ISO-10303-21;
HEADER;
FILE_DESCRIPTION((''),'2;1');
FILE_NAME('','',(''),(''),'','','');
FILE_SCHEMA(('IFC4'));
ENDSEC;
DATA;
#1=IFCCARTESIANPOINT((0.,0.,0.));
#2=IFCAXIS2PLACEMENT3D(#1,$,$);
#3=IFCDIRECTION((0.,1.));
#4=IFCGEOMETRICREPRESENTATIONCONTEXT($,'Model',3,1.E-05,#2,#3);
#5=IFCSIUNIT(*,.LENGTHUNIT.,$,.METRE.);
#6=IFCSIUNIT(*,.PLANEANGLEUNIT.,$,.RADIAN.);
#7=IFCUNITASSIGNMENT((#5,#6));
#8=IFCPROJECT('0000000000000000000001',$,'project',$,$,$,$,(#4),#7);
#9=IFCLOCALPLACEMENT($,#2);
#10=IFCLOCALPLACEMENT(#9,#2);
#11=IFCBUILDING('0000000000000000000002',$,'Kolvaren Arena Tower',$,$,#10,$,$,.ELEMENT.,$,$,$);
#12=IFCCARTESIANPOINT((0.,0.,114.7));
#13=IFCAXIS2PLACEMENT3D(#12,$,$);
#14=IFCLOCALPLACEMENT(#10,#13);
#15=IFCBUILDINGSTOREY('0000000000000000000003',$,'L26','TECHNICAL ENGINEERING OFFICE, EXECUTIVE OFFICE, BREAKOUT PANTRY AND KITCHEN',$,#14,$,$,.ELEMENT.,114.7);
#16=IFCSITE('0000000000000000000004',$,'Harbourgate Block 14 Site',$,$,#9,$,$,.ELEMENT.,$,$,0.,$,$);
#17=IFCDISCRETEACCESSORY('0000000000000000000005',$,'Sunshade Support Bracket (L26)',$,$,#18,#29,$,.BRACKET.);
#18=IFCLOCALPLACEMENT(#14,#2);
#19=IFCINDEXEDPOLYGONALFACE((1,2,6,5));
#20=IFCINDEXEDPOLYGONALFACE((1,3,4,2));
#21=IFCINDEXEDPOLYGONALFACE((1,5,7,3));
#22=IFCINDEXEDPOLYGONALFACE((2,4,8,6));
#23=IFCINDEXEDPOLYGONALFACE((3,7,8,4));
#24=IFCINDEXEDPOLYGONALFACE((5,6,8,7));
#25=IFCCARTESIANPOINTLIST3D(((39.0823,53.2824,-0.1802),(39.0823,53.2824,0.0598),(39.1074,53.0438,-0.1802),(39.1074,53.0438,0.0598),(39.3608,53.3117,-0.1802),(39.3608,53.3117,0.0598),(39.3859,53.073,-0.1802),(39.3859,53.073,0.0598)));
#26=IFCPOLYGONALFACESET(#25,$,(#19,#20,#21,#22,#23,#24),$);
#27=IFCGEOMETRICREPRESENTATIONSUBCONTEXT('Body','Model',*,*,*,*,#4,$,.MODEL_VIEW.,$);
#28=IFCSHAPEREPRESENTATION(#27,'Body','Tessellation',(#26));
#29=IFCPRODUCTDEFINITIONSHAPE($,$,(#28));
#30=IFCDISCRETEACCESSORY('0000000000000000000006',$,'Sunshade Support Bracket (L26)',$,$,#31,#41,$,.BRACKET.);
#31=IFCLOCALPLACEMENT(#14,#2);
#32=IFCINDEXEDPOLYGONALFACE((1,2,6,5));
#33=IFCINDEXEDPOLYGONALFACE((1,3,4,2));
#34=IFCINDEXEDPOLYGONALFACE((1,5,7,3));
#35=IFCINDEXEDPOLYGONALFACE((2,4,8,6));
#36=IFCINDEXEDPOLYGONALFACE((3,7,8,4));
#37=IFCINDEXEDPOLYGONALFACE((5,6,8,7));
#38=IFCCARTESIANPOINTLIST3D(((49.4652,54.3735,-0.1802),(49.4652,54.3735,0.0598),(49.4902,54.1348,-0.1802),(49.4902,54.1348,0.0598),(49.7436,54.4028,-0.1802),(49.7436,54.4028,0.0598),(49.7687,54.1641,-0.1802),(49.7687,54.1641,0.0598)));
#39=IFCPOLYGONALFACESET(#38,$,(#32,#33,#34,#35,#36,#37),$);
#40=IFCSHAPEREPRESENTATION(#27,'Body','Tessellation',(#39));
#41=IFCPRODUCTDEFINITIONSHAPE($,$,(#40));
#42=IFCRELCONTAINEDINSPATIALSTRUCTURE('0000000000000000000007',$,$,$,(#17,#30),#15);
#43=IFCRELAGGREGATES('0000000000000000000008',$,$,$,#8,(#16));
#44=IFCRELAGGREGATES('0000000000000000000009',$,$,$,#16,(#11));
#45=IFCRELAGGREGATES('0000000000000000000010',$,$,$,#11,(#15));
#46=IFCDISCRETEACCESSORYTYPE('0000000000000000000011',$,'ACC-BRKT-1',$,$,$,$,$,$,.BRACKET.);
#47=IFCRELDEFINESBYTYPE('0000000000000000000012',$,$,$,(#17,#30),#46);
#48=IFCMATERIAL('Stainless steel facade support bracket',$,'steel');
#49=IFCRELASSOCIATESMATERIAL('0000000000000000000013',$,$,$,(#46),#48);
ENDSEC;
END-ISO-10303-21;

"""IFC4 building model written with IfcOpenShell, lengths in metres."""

from ifc_helpers import new_model, si_unit, direction, frame, origin, origin_2d, place, context, subcontext, project, spatial, rectangle, extrude, material, type_object, element, save


model = new_model("IFC4")

# Units and contexts
model_context = context("Model", 3, precision=1e-05, world=origin(), true_north=direction((0.0, 1.0)))
body_context = subcontext(model_context, "Body", "Model", "MODEL_VIEW")
ifc_project = project(units=[si_unit("LENGTHUNIT", "METRE"), si_unit("PLANEANGLEUNIT", "RADIAN")], contexts=[model_context])

# Site, building, storey
site_placement = place(None, origin())
site = spatial("IfcSite", under=ifc_project, at=site_placement, Name="Harbourgate Block 14 Site", CompositionType="ELEMENT", RefElevation=0.0)
building_placement = place(site_placement, origin())
building = spatial("IfcBuilding", under=site, at=building_placement, Name="Kolvaren Arena Tower", CompositionType="ELEMENT")
storey_placement = place(building_placement, frame((0.0, 0.0, 114.7)))
storey = spatial("IfcBuildingStorey", under=building, at=storey_placement, Name="L26", Description="TECHNICAL ENGINEERING OFFICE, EXECUTIVE OFFICE, BREAKOUT PANTRY AND KITCHEN", CompositionType="ELEMENT", Elevation=114.7)

# Discrete accessories
ifc_material_1 = material(Name="Stainless steel facade support bracket", Category="steel")
discrete_accessory_type = type_object("IfcDiscreteAccessoryType", Name="ACC-BRKT-1", PredefinedType="BRACKET", material=ifc_material_1)
for number, where, z_axis, x_axis, name in (
    (1, (39.2341, 53.1777, -0.1802), (0.0, 0.0, 1.0), (0.994522, 0.104527, 0.0), "Sunshade Support Bracket (L26)"),
    (2, (49.6169, 54.2688, -0.1802), (0.0, 0.0, 1.0), (0.994522, 0.104527, 0.0), "Sunshade Support Bracket (L26)"),
):
    element("IfcDiscreteAccessory", number, at=place(storey_placement, frame(where, z_axis=z_axis, x_axis=x_axis)), inside=storey, type_object=discrete_accessory_type, Name=name, PredefinedType="BRACKET", context=body_context, shape_type="SweptSolid", body=[
        extrude(rectangle(XDim=0.28, YDim=0.24, at=origin_2d()), origin(), (0.0, 0.0, 1.0), 0.24),
    ])

save(model, "model.ifc")
